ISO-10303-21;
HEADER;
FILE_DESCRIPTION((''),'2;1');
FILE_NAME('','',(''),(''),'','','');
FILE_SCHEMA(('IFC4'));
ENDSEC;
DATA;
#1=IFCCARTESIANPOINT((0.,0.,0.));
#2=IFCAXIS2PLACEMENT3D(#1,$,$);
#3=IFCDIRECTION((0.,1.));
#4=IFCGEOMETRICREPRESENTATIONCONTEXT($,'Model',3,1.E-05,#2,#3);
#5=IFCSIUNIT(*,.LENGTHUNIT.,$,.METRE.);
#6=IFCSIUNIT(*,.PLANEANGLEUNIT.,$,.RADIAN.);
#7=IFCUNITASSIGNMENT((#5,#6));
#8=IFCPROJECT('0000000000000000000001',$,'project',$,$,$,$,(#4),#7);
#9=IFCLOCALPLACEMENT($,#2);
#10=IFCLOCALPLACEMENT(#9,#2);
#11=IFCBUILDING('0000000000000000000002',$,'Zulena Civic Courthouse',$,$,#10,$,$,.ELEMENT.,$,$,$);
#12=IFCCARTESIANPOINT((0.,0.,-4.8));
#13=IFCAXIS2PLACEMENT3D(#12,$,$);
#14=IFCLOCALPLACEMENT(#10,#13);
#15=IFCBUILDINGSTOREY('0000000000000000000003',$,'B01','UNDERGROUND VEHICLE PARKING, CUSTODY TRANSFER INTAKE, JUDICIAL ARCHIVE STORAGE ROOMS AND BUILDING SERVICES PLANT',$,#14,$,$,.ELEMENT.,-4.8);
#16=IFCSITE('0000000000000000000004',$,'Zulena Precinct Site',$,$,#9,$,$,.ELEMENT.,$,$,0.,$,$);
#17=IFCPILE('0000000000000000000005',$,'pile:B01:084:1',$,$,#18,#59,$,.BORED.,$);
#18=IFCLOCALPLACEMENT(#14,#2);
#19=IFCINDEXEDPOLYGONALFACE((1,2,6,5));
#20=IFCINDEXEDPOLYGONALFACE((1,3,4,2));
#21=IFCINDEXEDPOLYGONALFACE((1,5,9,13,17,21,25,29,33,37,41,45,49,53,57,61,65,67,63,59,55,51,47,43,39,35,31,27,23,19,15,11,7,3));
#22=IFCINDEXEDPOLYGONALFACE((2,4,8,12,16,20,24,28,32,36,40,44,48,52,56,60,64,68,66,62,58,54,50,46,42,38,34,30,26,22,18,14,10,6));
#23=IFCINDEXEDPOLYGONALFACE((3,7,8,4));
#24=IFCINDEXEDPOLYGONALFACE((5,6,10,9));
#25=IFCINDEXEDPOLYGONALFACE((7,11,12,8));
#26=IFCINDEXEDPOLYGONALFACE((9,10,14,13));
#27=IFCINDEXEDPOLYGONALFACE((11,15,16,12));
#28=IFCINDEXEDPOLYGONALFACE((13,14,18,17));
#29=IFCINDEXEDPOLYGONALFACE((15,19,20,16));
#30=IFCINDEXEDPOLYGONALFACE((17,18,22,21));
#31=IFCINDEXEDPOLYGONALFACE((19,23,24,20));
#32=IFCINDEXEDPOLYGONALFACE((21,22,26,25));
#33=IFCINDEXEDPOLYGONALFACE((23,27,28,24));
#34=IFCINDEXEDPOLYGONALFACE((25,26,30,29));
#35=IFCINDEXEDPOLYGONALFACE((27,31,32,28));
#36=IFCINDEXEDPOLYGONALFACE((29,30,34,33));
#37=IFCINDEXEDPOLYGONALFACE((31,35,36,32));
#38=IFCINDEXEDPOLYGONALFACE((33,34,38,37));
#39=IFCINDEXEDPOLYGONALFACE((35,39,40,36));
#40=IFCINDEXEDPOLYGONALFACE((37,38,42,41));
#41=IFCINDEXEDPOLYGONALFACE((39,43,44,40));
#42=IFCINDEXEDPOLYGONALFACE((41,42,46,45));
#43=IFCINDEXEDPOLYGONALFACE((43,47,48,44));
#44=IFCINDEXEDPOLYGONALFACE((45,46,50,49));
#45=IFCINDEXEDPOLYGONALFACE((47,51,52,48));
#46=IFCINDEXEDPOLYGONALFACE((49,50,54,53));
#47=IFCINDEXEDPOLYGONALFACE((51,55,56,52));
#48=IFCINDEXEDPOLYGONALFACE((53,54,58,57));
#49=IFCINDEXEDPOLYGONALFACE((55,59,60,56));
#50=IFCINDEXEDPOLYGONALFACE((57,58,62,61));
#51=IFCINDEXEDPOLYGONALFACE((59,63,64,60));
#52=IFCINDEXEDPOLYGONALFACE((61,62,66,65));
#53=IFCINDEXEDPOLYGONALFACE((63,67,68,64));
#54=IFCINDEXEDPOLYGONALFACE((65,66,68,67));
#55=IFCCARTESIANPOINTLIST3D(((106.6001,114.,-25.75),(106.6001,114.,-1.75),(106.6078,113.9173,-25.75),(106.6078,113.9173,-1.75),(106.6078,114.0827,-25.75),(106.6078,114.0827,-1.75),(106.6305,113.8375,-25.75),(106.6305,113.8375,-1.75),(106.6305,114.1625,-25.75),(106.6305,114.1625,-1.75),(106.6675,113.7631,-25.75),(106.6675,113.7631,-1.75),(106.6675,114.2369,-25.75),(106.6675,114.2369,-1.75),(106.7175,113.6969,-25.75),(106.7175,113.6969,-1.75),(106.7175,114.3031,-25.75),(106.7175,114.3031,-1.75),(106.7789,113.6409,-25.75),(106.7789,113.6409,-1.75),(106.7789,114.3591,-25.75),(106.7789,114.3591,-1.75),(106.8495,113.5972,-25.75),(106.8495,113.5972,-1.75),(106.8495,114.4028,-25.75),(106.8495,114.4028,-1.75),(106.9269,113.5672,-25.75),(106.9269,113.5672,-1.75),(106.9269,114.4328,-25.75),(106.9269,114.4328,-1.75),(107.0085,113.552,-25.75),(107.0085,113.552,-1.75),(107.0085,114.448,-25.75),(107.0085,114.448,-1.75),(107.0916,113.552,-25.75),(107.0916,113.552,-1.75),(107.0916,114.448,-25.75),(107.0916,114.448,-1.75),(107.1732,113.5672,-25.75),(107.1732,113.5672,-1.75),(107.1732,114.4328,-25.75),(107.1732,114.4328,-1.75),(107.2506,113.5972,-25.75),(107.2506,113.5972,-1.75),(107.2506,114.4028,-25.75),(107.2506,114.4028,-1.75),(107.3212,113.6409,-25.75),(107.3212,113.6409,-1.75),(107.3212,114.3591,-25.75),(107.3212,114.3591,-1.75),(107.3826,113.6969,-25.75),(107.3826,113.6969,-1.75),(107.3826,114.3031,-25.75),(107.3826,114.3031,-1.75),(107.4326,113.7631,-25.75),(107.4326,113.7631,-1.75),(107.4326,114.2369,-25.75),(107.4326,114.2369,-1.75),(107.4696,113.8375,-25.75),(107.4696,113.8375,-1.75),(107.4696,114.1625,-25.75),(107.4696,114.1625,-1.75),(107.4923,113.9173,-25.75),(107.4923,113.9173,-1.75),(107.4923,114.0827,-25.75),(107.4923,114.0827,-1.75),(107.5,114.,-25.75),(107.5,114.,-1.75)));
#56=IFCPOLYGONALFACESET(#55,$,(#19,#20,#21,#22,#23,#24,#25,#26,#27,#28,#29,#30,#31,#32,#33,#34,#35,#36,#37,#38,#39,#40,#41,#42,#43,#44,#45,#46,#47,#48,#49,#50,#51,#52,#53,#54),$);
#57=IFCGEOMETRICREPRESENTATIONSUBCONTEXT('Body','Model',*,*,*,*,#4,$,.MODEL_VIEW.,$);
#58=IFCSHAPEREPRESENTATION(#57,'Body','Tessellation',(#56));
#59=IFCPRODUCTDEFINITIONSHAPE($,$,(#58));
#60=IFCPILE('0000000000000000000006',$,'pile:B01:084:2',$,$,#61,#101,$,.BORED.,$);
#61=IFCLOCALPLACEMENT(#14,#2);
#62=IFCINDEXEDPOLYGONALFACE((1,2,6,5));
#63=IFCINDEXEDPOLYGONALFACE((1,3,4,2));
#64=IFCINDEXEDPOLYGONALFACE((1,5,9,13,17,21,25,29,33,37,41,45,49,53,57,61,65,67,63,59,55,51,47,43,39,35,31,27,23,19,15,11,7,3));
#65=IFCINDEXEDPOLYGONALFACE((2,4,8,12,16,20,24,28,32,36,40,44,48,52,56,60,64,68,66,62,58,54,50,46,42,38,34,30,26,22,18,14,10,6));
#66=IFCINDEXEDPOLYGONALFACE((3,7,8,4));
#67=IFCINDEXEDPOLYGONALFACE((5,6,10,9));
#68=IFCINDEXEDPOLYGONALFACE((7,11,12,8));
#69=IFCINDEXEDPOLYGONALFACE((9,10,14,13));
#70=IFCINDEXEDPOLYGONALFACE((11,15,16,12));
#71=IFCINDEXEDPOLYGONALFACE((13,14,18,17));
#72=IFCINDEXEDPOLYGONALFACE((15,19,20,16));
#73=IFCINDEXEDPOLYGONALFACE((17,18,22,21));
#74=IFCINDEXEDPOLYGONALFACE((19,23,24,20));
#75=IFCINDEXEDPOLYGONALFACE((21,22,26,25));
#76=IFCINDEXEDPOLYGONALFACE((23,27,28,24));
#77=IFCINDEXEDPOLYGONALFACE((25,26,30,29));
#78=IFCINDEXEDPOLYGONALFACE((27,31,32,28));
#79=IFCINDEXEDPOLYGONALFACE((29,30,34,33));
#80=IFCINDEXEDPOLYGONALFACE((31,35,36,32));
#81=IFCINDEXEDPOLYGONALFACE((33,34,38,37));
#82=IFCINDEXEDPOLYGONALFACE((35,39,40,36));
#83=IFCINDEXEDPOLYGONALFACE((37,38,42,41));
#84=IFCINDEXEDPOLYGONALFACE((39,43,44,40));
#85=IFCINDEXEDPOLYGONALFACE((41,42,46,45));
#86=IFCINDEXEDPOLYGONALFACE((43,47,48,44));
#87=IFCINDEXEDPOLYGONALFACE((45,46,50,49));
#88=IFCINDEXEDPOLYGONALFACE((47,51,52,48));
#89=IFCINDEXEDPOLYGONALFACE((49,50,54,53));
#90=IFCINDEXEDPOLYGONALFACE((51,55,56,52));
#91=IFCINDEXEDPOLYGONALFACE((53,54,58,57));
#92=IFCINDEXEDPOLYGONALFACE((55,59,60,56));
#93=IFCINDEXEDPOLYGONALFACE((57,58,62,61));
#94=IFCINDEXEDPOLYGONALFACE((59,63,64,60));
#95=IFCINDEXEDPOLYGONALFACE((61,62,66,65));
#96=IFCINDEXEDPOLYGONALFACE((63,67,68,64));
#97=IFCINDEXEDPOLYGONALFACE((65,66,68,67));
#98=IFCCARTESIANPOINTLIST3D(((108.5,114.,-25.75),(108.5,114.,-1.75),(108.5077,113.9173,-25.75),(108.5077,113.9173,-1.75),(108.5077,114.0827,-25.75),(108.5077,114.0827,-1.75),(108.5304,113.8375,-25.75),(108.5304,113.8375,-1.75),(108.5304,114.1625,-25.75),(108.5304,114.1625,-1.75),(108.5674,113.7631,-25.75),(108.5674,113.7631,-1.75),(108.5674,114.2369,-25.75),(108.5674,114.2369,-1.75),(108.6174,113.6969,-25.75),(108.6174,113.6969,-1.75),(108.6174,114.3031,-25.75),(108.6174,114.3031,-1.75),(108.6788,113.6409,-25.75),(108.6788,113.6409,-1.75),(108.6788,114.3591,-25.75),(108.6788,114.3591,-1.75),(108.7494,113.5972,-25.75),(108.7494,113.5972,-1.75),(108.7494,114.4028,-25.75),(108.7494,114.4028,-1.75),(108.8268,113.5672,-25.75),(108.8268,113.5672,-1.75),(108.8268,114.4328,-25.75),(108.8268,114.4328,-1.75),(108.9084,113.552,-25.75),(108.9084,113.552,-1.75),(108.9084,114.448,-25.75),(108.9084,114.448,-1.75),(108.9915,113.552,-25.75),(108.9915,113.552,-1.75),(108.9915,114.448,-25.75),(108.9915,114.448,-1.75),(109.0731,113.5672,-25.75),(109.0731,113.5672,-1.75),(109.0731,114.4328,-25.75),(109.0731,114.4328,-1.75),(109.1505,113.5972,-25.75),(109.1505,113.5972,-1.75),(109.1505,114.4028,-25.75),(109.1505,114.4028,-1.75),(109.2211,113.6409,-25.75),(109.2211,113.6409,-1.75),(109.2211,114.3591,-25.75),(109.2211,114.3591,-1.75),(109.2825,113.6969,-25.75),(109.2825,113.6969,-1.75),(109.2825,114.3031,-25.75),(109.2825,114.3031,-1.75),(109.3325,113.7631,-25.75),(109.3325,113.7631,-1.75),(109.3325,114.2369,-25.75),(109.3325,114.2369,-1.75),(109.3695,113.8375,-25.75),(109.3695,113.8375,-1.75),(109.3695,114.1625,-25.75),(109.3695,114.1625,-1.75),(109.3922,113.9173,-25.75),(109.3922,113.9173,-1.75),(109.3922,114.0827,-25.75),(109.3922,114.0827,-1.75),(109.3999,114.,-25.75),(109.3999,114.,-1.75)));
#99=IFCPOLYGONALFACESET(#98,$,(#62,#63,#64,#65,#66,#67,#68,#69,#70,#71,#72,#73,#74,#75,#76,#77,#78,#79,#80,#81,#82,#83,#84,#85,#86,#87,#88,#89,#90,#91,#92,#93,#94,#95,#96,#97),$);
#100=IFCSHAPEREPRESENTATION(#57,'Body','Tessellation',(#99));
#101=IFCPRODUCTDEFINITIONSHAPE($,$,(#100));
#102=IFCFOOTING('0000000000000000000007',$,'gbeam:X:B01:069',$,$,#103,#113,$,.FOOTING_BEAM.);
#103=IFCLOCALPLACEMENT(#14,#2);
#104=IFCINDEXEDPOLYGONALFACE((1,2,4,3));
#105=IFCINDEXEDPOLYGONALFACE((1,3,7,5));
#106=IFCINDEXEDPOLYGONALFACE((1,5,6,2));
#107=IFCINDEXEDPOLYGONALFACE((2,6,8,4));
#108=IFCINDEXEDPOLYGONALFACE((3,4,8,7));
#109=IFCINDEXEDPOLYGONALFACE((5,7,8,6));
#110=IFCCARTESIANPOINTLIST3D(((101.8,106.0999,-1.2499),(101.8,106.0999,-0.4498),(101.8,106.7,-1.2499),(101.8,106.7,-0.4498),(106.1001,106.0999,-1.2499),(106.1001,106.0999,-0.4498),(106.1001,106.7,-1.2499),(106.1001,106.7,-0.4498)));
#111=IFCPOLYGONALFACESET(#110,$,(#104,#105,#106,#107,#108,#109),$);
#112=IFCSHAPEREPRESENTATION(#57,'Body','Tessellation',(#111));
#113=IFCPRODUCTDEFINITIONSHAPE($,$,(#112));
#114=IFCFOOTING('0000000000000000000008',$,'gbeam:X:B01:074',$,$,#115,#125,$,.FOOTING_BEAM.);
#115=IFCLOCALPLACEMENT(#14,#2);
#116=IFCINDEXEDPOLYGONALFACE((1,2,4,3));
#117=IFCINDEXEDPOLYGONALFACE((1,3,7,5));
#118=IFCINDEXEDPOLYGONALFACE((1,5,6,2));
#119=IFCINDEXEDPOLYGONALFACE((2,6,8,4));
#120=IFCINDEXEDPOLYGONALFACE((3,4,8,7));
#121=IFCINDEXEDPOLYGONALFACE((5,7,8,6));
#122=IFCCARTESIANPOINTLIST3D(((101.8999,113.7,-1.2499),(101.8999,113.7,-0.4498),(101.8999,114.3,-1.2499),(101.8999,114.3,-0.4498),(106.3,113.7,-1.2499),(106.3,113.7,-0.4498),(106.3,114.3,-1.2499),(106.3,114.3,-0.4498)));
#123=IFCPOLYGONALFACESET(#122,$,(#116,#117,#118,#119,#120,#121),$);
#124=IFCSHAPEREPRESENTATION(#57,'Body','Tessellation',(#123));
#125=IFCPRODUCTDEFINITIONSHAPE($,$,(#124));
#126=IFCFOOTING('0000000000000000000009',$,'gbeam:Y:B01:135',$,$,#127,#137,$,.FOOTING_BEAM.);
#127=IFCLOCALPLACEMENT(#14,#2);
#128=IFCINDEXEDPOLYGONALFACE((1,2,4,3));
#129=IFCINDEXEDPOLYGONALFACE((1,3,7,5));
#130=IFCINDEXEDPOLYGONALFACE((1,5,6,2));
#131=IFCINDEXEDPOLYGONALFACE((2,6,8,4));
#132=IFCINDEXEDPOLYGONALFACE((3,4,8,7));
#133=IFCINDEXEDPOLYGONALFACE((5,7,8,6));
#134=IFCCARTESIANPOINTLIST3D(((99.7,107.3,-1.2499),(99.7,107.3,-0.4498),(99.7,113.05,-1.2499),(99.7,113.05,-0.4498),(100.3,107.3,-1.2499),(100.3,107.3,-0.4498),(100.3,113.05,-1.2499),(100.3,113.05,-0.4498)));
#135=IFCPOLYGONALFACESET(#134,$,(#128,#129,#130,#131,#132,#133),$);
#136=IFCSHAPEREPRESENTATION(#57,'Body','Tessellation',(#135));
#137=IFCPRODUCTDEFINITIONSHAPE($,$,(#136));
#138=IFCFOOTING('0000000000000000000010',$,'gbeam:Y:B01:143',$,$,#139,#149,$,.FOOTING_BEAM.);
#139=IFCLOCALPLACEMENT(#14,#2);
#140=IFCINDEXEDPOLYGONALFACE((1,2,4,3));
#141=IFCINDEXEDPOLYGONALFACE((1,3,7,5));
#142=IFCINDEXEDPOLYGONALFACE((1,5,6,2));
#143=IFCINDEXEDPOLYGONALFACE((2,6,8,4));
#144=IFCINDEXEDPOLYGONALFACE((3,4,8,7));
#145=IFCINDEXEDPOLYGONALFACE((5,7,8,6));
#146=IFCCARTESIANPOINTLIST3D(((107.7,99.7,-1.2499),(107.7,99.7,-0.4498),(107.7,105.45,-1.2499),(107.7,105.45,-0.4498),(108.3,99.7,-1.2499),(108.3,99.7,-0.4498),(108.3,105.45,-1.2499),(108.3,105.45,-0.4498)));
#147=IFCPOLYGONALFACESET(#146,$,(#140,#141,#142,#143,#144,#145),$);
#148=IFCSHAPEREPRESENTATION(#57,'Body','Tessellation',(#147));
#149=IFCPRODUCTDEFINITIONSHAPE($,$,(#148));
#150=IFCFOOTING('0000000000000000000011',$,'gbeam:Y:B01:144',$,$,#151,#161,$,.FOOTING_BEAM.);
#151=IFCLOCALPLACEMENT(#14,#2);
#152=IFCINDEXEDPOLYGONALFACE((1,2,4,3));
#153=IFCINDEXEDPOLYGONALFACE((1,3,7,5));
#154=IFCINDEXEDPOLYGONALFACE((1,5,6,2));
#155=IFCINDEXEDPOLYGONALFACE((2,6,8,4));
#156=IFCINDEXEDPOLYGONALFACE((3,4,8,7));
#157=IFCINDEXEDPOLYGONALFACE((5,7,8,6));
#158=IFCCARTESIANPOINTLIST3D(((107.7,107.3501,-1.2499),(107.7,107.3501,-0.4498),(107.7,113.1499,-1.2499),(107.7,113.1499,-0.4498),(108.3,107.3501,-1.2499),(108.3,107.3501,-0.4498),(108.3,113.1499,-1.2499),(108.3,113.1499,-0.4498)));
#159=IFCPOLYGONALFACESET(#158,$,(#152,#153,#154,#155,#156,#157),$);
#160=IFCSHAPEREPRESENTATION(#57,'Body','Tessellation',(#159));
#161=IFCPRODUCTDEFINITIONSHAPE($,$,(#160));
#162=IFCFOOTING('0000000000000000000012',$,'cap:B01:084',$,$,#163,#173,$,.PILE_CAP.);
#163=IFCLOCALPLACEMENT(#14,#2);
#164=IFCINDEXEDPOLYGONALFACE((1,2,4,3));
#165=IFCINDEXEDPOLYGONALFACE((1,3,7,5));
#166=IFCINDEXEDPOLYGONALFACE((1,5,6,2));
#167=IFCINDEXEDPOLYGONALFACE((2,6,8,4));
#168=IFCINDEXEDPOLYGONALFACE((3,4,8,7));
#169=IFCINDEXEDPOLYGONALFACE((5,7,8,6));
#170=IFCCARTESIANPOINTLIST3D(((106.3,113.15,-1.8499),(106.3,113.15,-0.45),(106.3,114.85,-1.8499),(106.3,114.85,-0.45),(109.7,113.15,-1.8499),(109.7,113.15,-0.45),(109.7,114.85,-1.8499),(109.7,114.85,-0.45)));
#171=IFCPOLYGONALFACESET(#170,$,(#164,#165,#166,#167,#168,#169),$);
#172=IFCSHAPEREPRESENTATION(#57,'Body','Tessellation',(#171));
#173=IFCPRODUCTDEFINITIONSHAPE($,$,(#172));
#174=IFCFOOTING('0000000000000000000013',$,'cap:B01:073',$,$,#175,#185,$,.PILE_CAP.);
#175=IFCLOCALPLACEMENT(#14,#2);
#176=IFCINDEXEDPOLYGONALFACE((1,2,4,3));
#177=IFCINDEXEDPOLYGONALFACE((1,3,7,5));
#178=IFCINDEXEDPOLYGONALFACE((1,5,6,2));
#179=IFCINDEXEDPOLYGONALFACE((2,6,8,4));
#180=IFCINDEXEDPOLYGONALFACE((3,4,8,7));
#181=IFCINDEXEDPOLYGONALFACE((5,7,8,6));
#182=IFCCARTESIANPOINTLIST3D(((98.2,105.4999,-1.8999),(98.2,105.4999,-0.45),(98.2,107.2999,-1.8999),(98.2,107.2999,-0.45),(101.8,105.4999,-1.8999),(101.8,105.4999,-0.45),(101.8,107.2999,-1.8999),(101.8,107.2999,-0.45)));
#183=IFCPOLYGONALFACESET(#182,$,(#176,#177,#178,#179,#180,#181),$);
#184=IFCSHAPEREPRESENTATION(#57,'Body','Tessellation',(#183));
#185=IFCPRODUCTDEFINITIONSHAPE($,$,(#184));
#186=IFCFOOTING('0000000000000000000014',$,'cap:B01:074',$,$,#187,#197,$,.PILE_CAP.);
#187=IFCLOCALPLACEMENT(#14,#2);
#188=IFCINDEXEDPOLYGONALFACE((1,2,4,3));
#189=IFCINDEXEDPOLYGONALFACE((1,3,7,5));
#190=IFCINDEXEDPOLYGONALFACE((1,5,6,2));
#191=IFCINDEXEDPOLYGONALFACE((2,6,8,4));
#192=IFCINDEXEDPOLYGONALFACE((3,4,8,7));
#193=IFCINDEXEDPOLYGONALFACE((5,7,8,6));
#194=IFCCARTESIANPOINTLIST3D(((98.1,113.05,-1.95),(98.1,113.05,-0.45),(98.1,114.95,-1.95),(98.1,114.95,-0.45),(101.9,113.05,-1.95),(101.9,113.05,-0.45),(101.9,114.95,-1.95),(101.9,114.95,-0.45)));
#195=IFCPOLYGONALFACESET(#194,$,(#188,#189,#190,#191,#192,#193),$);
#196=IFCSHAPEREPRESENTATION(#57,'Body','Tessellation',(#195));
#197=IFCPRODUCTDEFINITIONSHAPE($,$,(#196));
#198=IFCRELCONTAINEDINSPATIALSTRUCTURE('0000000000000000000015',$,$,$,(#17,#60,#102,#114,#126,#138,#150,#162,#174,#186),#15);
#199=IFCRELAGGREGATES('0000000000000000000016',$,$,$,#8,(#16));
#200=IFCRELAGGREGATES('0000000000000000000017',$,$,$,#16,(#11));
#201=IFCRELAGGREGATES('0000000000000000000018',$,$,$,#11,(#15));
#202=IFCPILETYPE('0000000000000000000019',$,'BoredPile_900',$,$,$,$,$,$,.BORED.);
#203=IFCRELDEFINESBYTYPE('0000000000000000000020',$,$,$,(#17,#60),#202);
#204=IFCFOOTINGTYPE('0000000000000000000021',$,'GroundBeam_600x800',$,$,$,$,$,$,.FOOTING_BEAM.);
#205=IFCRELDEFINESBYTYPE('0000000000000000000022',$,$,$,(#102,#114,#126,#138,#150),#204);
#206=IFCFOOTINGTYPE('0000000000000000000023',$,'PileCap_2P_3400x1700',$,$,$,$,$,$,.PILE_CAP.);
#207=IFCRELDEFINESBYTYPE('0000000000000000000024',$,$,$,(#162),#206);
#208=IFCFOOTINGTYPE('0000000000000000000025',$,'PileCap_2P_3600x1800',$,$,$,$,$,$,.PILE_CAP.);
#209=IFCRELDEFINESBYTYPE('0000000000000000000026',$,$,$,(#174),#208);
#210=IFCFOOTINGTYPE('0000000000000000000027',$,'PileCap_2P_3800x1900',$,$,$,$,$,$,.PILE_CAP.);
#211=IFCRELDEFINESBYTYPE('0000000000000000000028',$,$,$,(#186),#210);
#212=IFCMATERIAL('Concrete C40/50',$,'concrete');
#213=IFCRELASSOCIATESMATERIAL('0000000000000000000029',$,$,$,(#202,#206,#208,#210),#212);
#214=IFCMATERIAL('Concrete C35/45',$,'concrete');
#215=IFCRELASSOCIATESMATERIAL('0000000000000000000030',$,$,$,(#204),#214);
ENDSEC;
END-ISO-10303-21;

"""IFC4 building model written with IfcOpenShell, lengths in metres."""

from ifc_helpers import new_model, si_unit, direction, frame, origin, origin_2d, place, context, subcontext, project, spatial, rectangle, circle, extrude, material, material_profile, profile_set, type_object, element, save


model = new_model("IFC4")

# Units and contexts
model_context = context("Model", 3, precision=1e-05, world=origin(), true_north=direction((0.0, 1.0)))
body_context = subcontext(model_context, "Body", "Model", "MODEL_VIEW")
ifc_project = project(units=[si_unit("LENGTHUNIT", "METRE"), si_unit("PLANEANGLEUNIT", "RADIAN")], contexts=[model_context])

# Site, building, storey
site_placement = place(None, origin())
site = spatial("IfcSite", under=ifc_project, at=site_placement, Name="Zulena Precinct Site", CompositionType="ELEMENT", RefElevation=0.0)
building_placement = place(site_placement, origin())
building = spatial("IfcBuilding", under=site, at=building_placement, Name="Zulena Civic Courthouse", CompositionType="ELEMENT")
storey_placement = place(building_placement, frame((0.0, 0.0, -4.8)))
storey = spatial("IfcBuildingStorey", under=building, at=storey_placement, Name="B01", Description="UNDERGROUND VEHICLE PARKING, CUSTODY TRANSFER INTAKE, JUDICIAL ARCHIVE STORAGE ROOMS AND BUILDING SERVICES PLANT", CompositionType="ELEMENT", Elevation=-4.8)

# Piles
ifc_material_1 = material(Name="Concrete C40/50", Category="concrete")
ifc_material_profile_1 = material_profile(ifc_material_1, circle(Radius=0.45, at=origin_2d()), Name="PILE900")
ifc_profile_set_1 = profile_set([ifc_material_profile_1], Name="Concrete C40/50")
pile_type = type_object("IfcPileType", Name="BoredPile_900", PredefinedType="BORED", material=ifc_profile_set_1)
for number, where, z_axis, x_axis, name in (
    (1, (107.05, 114.0, -1.75), (0.0, 0.0, -1.0), (1.0, 0.0, 0.0), "pile:B01:084:1"),
    (2, (108.95, 114.0, -1.75), (0.0, 0.0, -1.0), (1.0, 0.0, 0.0), "pile:B01:084:2"),
):
    element("IfcPile", number, at=place(storey_placement, frame(where, z_axis=z_axis, x_axis=x_axis)), inside=storey, type_object=pile_type, Name=name, PredefinedType="BORED", context=body_context, shape_type="SweptSolid", body=[
        extrude(circle(Radius=0.45, at=origin_2d()), origin(), (0.0, 0.0, 1.0), 24.0),
    ])

# Footings
ifc_material_2 = material(Name="Concrete C35/45", Category="concrete")
ifc_material_profile_2 = material_profile(ifc_material_2, rectangle(XDim=0.6001, YDim=0.8, at=origin_2d()), Name="RC600X800")
ifc_profile_set_2 = profile_set([ifc_material_profile_2], Name="Concrete C35/45")
footing_type_1 = type_object("IfcFootingType", Name="GroundBeam_600x800", PredefinedType="FOOTING_BEAM", material=ifc_profile_set_2)
footing_1_placement = place(storey_placement, frame((101.8, 106.3999, -0.8499), z_axis=(1.0, 0.0, 0.0), x_axis=(0.0, 1.0, 0.0)))
element("IfcFooting", 3, at=footing_1_placement, inside=storey, type_object=footing_type_1, Name="gbeam:X:B01:069", PredefinedType="FOOTING_BEAM", context=body_context, shape_type="SweptSolid", body=[
    extrude(rectangle(XDim=0.6001, YDim=0.8, at=origin_2d()), origin(), (0.0, 0.0, 1.0), 4.3),
])
footing_2_placement = place(storey_placement, frame((101.8999, 114.0, -0.8499), z_axis=(1.0, 0.0, 0.0), x_axis=(0.0, 1.0, 0.0)))
element("IfcFooting", 4, at=footing_2_placement, inside=storey, type_object=footing_type_1, Name="gbeam:X:B01:074", PredefinedType="FOOTING_BEAM", context=body_context, shape_type="SweptSolid", body=[
    extrude(rectangle(XDim=0.6001, YDim=0.8, at=origin_2d()), origin(), (0.0, 0.0, 1.0), 4.4001),
])
for number, where, z_axis, x_axis, name in (
    (5, (100.0, 107.3, -0.8499), (0.0, 1.0, 0.0), (-1.0, 0.0, 0.0), "gbeam:Y:B01:135"),
    (6, (108.0, 99.7, -0.8499), (0.0, 1.0, 0.0), (-1.0, 0.0, 0.0), "gbeam:Y:B01:143"),
):
    element("IfcFooting", number, at=place(storey_placement, frame(where, z_axis=z_axis, x_axis=x_axis)), inside=storey, type_object=footing_type_1, Name=name, PredefinedType="FOOTING_BEAM", context=body_context, shape_type="SweptSolid", body=[
        extrude(rectangle(XDim=0.6001, YDim=0.8, at=origin_2d()), origin(), (0.0, 0.0, 1.0), 5.75),
    ])
footing_3_placement = place(storey_placement, frame((108.0, 107.3501, -0.8499), z_axis=(0.0, 1.0, 0.0), x_axis=(-1.0, 0.0, 0.0)))
element("IfcFooting", 7, at=footing_3_placement, inside=storey, type_object=footing_type_1, Name="gbeam:Y:B01:144", PredefinedType="FOOTING_BEAM", context=body_context, shape_type="SweptSolid", body=[
    extrude(rectangle(XDim=0.6001, YDim=0.8, at=origin_2d()), origin(), (0.0, 0.0, 1.0), 5.7998),
])
footing_type_2 = type_object("IfcFootingType", Name="PileCap_2P_3400x1700", PredefinedType="PILE_CAP", material=ifc_material_1)
footing_4_placement = place(storey_placement, frame((108.0, 114.0, -1.8499), z_axis=(0.0, 0.0, 1.0), x_axis=(1.0, 0.0, 0.0)))
element("IfcFooting", 8, at=footing_4_placement, inside=storey, type_object=footing_type_2, Name="cap:B01:084", PredefinedType="PILE_CAP", context=body_context, shape_type="SweptSolid", body=[
    extrude(rectangle(XDim=3.3999, YDim=1.7, at=origin_2d()), origin(), (0.0, 0.0, 1.0), 1.3999),
])
footing_type_3 = type_object("IfcFootingType", Name="PileCap_2P_3600x1800", PredefinedType="PILE_CAP", material=ifc_material_1)
footing_5_placement = place(storey_placement, frame((100.0, 106.3999, -1.8999), z_axis=(0.0, 0.0, 1.0), x_axis=(1.0, 0.0, 0.0)))
element("IfcFooting", 9, at=footing_5_placement, inside=storey, type_object=footing_type_3, Name="cap:B01:073", PredefinedType="PILE_CAP", context=body_context, shape_type="SweptSolid", body=[
    extrude(rectangle(XDim=3.6001, YDim=1.8, at=origin_2d()), origin(), (0.0, 0.0, 1.0), 1.45),
])
footing_type_4 = type_object("IfcFootingType", Name="PileCap_2P_3800x1900", PredefinedType="PILE_CAP", material=ifc_material_1)
for number, where, z_axis, x_axis, name in (
    (10, (100.0, 114.0, -1.95), (0.0, 0.0, 1.0), (1.0, 0.0, 0.0), "cap:B01:074"),
):
    element("IfcFooting", number, at=place(storey_placement, frame(where, z_axis=z_axis, x_axis=x_axis)), inside=storey, type_object=footing_type_4, Name=name, PredefinedType="PILE_CAP", context=body_context, shape_type="SweptSolid", body=[
        extrude(rectangle(XDim=3.8, YDim=1.8999, at=origin_2d()), origin(), (0.0, 0.0, 1.0), 1.5),
    ])

save(model, "model.ifc")
